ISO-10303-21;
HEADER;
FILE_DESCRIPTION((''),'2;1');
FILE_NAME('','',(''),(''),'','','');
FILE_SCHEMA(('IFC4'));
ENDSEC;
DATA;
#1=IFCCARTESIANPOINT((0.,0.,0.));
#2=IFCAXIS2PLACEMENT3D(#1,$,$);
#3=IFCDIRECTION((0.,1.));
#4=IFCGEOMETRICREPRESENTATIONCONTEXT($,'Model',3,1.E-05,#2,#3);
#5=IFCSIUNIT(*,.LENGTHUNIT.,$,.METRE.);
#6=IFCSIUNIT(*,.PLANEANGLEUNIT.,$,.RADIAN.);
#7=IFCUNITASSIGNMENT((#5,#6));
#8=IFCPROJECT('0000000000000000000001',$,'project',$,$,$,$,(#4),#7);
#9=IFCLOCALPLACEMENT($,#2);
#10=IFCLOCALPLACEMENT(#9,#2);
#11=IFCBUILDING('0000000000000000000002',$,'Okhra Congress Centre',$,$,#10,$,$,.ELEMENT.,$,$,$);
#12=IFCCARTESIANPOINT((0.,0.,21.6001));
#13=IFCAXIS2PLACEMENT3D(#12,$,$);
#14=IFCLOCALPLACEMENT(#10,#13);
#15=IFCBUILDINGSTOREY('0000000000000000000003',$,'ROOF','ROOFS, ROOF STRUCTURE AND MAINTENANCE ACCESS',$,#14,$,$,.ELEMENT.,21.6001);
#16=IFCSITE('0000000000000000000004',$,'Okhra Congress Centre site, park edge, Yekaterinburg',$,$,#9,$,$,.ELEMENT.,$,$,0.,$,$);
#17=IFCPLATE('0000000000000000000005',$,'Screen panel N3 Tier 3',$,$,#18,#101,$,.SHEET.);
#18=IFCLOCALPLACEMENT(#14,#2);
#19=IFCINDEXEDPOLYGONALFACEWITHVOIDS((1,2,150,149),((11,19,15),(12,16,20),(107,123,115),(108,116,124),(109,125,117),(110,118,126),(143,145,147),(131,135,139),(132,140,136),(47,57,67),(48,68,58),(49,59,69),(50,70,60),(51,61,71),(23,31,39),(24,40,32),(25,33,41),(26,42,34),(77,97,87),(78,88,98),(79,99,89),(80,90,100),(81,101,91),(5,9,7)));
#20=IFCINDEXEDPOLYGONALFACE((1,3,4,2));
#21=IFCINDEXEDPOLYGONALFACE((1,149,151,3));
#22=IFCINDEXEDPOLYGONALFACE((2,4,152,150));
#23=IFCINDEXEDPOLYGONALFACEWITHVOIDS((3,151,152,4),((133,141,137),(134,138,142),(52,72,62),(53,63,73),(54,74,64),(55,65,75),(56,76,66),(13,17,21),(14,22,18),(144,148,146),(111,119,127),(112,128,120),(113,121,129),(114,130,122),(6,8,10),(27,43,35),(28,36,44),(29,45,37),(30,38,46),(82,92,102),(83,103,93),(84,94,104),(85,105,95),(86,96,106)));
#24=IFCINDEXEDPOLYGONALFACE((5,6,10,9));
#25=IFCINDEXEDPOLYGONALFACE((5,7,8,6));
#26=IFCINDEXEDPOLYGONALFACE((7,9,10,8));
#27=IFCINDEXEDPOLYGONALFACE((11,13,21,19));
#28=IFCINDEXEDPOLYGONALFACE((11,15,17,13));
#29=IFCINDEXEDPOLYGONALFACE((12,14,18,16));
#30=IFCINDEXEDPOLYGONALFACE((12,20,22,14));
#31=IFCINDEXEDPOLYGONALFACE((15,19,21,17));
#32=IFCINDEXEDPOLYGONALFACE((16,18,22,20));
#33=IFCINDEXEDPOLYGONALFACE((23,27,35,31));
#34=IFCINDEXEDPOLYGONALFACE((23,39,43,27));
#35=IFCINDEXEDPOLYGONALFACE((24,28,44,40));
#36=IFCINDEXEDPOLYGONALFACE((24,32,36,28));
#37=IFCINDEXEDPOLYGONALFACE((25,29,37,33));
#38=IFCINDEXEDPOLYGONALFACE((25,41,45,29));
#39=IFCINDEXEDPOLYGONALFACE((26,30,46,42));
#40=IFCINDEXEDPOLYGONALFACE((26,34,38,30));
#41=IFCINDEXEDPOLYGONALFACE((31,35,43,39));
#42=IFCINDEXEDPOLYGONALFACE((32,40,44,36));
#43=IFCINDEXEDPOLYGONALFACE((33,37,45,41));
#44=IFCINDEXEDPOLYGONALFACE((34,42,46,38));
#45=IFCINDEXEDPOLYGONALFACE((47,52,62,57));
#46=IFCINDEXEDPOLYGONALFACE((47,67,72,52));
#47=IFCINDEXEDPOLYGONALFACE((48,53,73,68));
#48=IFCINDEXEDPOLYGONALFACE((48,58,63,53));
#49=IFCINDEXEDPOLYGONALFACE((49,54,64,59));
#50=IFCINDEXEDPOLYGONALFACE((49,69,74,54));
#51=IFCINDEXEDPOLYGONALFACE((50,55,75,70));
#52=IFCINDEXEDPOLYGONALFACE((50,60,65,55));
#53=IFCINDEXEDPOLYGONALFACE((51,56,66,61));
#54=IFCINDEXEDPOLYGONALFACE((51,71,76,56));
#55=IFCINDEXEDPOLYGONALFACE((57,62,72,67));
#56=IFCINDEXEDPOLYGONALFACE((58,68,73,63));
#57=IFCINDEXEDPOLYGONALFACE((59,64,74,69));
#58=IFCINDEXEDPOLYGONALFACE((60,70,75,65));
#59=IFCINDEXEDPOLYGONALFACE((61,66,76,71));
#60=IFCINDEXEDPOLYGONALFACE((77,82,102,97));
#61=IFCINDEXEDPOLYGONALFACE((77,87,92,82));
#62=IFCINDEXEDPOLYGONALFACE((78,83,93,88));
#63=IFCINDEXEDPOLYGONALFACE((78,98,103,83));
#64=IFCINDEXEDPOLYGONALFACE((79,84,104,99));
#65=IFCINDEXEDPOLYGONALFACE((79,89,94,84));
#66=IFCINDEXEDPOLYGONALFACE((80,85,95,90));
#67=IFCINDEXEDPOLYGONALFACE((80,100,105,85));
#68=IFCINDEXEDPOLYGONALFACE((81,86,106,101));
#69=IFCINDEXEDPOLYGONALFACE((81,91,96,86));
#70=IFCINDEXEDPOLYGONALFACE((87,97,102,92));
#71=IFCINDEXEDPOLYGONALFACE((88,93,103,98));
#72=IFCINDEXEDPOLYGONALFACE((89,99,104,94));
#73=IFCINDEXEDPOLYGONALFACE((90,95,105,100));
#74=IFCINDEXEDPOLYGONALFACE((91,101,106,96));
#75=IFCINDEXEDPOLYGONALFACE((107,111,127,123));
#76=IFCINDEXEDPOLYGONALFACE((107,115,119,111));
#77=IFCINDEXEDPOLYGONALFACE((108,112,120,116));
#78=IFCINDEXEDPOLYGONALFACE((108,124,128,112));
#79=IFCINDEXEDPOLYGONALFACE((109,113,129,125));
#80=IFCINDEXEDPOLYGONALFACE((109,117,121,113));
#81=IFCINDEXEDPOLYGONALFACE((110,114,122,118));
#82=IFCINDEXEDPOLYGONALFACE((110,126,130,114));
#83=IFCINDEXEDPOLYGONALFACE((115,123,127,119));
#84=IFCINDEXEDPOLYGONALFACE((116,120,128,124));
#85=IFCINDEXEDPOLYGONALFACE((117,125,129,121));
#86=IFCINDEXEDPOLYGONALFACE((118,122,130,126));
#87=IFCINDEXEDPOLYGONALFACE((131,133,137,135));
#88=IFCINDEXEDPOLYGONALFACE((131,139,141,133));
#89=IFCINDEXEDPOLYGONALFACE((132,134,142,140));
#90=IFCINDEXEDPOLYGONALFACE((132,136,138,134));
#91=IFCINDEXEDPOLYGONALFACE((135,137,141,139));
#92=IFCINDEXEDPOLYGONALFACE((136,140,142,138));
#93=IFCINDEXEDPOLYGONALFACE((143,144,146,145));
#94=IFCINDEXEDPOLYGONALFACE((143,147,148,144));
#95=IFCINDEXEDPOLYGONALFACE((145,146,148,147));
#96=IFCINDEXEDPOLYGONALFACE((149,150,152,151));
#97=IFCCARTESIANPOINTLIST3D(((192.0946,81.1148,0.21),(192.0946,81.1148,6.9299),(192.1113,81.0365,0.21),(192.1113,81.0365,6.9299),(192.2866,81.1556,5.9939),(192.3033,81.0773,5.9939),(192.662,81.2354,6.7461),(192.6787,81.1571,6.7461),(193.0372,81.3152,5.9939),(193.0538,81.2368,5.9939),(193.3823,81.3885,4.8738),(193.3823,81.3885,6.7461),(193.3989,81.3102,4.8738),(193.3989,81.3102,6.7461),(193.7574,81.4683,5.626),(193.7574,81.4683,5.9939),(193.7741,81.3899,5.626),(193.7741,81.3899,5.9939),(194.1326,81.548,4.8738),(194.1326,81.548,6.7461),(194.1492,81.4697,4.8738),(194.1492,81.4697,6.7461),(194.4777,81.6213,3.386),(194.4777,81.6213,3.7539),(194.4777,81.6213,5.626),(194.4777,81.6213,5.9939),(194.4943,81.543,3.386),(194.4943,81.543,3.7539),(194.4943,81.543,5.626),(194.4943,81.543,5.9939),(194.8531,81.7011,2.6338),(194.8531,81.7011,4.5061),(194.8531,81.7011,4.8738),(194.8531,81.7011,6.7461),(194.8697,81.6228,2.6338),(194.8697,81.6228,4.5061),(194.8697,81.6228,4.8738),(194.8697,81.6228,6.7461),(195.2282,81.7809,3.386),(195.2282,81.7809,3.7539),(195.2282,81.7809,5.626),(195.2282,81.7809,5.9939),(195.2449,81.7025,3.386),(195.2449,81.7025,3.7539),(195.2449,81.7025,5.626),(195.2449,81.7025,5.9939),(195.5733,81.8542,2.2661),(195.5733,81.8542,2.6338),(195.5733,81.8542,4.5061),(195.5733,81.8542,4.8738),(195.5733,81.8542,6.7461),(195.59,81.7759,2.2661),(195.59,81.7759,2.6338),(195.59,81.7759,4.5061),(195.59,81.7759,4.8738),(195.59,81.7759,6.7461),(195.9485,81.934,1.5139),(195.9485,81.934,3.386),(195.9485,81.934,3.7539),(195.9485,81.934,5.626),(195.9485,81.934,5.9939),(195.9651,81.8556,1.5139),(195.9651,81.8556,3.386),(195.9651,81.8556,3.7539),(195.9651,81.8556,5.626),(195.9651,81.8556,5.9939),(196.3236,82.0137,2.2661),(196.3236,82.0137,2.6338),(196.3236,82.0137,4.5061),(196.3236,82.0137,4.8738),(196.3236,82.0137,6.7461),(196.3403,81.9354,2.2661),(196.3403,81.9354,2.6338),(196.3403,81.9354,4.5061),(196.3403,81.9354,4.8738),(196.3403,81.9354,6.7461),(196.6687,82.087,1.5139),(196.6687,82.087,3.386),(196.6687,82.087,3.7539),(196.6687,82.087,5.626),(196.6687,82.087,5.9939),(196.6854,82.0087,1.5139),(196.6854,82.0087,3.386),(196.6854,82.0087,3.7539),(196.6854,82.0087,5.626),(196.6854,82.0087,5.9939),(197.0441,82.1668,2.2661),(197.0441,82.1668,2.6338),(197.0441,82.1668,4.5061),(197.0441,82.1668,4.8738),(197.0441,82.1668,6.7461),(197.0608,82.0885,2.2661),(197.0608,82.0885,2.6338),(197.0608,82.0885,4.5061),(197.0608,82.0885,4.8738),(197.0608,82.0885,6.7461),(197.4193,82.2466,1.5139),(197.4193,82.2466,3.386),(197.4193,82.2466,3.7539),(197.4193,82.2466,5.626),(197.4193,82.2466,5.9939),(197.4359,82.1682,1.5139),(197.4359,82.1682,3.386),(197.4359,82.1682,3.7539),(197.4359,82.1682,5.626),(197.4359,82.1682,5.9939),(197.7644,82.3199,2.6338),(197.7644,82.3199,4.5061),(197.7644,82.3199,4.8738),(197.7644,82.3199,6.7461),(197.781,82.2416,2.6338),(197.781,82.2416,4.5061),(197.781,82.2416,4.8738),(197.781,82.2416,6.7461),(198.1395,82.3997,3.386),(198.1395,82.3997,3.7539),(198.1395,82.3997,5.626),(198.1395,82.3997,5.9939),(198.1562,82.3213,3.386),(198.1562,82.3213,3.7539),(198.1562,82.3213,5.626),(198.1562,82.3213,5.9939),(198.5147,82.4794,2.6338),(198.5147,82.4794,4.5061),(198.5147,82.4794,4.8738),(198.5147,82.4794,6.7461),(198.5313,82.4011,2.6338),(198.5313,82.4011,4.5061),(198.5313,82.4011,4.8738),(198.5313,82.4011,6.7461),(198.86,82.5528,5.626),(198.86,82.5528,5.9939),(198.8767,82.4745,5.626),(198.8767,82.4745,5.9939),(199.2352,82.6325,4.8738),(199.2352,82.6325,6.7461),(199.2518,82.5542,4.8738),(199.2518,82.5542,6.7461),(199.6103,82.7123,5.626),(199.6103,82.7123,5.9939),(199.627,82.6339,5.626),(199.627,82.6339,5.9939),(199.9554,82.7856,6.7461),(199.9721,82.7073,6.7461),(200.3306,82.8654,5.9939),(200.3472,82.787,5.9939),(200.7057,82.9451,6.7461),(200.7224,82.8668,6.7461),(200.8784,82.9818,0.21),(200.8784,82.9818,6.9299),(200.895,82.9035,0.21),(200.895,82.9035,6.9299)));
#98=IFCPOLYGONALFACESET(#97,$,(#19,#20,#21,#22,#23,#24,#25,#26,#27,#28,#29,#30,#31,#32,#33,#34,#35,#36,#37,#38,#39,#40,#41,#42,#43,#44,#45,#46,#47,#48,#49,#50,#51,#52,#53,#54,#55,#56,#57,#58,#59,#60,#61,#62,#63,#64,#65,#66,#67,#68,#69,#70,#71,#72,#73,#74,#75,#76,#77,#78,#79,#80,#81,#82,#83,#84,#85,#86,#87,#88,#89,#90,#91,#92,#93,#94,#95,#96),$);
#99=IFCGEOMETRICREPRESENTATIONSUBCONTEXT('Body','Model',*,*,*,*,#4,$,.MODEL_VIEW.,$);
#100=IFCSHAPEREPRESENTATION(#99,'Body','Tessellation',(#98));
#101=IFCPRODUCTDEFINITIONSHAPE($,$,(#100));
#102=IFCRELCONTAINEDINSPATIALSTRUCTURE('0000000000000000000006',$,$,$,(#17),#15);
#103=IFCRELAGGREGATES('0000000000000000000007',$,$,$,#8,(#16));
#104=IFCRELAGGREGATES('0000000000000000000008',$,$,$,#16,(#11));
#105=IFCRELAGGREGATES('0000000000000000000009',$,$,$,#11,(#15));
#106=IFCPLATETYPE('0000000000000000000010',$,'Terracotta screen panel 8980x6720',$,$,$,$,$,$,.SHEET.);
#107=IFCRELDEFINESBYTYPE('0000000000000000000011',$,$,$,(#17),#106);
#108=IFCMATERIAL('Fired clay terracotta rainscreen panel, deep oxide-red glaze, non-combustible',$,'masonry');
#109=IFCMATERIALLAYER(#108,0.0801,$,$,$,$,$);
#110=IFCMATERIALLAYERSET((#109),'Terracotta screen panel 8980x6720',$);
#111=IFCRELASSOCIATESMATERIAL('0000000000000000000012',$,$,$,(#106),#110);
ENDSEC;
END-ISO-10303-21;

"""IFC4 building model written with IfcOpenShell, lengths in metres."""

from ifc_helpers import new_model, si_unit, direction, frame, origin, place, context, subcontext, project, spatial, polyline, outline, extrude, material, layer, layer_set, type_object, element, save


model = new_model("IFC4")

# Units and contexts
model_context = context("Model", 3, precision=1e-05, world=origin(), true_north=direction((0.0, 1.0)))
body_context = subcontext(model_context, "Body", "Model", "MODEL_VIEW")
ifc_project = project(units=[si_unit("LENGTHUNIT", "METRE"), si_unit("PLANEANGLEUNIT", "RADIAN")], contexts=[model_context])

# Site, building, storey
site_placement = place(None, origin())
site = spatial("IfcSite", under=ifc_project, at=site_placement, Name="Okhra Congress Centre site, park edge, Yekaterinburg", CompositionType="ELEMENT", RefElevation=0.0)
building_placement = place(site_placement, origin())
building = spatial("IfcBuilding", under=site, at=building_placement, Name="Okhra Congress Centre", CompositionType="ELEMENT")
storey_placement = place(building_placement, frame((0.0, 0.0, 21.6001)))
storey = spatial("IfcBuildingStorey", under=building, at=storey_placement, Name="ROOF", Description="ROOFS, ROOF STRUCTURE AND MAINTENANCE ACCESS", CompositionType="ELEMENT", Elevation=21.6001)

# Plate
ifc_material_1 = material(Name="Fired clay terracotta rainscreen panel, deep oxide-red glaze, non-combustible", Category="masonry")
ifc_layer_1 = layer(ifc_material_1, 0.0801)
ifc_layer_set_1 = layer_set([ifc_layer_1], Name="Terracotta screen panel 8980x6720")
plate_type_1 = type_object("IfcPlateType", Name="Terracotta screen panel 8980x6720", PredefinedType="SHEET", material=ifc_layer_set_1)
plate_1_placement = place(storey_placement, frame((200.8867, 82.9426, 0.21), z_axis=(0.0, 0.0, 1.0), x_axis=(-0.97815, -0.207902, 0.0)))
element("IfcPlate", 1, at=plate_1_placement, inside=storey, type_object=plate_type_1, Name="Screen panel N3 Tier 3", PredefinedType="SHEET", context=body_context, shape_type="SweptSolid", body=[
    extrude(outline(polyline([(0.0, 0.0), (8.98, 0.0), (8.98, 6.72), (0.0, 6.72), (0.0, 0.0)]), holes=[polyline([(3.5364, 1.304), (4.3037, 1.304), (3.9199, 2.0562), (3.5364, 1.304)]), polyline([(4.6565, 2.0562), (5.04, 1.304), (5.4236, 2.0562), (4.6565, 2.0562)]), polyline([(2.4165, 2.4238), (3.1836, 2.4238), (2.8, 3.176), (2.4165, 2.4238)]), polyline([(3.5364, 3.176), (3.9199, 2.4238), (4.3037, 3.176), (3.5364, 3.176)]), polyline([(4.6565, 2.4238), (5.4236, 2.4238), (5.04, 3.176), (4.6565, 2.4238)]), polyline([(5.7764, 3.176), (6.1599, 2.4238), (6.5437, 3.176), (5.7764, 3.176)]), polyline([(2.4165, 4.2961), (2.8, 3.5439), (3.1836, 4.2961), (2.4165, 4.2961)]), polyline([(3.5364, 3.5439), (4.3037, 3.5439), (3.9199, 4.2961), (3.5364, 3.5439)]), polyline([(4.6565, 4.2961), (5.04, 3.5439), (5.4236, 4.2961), (4.6565, 4.2961)]), polyline([(5.7764, 3.5439), (6.5437, 3.5439), (6.1599, 4.2961), (5.7764, 3.5439)]), polyline([(1.2964, 5.416), (1.6799, 4.6638), (2.0635, 5.416), (1.2964, 5.416)]), polyline([(2.4165, 4.6638), (3.1836, 4.6638), (2.8, 5.416), (2.4165, 4.6638)]), polyline([(3.5364, 5.416), (3.9199, 4.6638), (4.3037, 5.416), (3.5364, 5.416)]), polyline([(4.6565, 4.6638), (5.4236, 4.6638), (5.04, 5.416), (4.6565, 4.6638)]), polyline([(5.7764, 5.416), (6.1599, 4.6638), (6.5437, 5.416), (5.7764, 5.416)]), polyline([(6.8965, 4.6638), (7.6636, 4.6638), (7.28, 5.416), (6.8965, 4.6638)]), polyline([(0.1765, 6.5361), (0.5601, 5.7839), (0.9436, 6.5361), (0.1765, 6.5361)]), polyline([(1.2964, 5.7839), (2.0635, 5.7839), (1.6799, 6.5361), (1.2964, 5.7839)]), polyline([(2.4165, 6.5361), (2.8, 5.7839), (3.1836, 6.5361), (2.4165, 6.5361)]), polyline([(3.5364, 5.7839), (4.3037, 5.7839), (3.9199, 6.5361), (3.5364, 5.7839)]), polyline([(4.6565, 6.5361), (5.04, 5.7839), (5.4236, 6.5361), (4.6565, 6.5361)]), polyline([(5.7764, 5.7839), (6.5437, 5.7839), (6.1599, 6.5361), (5.7764, 5.7839)]), polyline([(6.8965, 6.5361), (7.28, 5.7839), (7.6636, 6.5361), (6.8965, 6.5361)]), polyline([(8.0164, 5.7839), (8.7837, 5.7839), (8.3999, 6.5361), (8.0164, 5.7839)])]), frame((0.0, 0.04, 0.0), z_axis=(0.0, -1.0, 0.0), x_axis=(1.0, 0.0, 0.0)), (0.0, 0.0, 1.0), 0.0801),
])

save(model, "model.ifc")
